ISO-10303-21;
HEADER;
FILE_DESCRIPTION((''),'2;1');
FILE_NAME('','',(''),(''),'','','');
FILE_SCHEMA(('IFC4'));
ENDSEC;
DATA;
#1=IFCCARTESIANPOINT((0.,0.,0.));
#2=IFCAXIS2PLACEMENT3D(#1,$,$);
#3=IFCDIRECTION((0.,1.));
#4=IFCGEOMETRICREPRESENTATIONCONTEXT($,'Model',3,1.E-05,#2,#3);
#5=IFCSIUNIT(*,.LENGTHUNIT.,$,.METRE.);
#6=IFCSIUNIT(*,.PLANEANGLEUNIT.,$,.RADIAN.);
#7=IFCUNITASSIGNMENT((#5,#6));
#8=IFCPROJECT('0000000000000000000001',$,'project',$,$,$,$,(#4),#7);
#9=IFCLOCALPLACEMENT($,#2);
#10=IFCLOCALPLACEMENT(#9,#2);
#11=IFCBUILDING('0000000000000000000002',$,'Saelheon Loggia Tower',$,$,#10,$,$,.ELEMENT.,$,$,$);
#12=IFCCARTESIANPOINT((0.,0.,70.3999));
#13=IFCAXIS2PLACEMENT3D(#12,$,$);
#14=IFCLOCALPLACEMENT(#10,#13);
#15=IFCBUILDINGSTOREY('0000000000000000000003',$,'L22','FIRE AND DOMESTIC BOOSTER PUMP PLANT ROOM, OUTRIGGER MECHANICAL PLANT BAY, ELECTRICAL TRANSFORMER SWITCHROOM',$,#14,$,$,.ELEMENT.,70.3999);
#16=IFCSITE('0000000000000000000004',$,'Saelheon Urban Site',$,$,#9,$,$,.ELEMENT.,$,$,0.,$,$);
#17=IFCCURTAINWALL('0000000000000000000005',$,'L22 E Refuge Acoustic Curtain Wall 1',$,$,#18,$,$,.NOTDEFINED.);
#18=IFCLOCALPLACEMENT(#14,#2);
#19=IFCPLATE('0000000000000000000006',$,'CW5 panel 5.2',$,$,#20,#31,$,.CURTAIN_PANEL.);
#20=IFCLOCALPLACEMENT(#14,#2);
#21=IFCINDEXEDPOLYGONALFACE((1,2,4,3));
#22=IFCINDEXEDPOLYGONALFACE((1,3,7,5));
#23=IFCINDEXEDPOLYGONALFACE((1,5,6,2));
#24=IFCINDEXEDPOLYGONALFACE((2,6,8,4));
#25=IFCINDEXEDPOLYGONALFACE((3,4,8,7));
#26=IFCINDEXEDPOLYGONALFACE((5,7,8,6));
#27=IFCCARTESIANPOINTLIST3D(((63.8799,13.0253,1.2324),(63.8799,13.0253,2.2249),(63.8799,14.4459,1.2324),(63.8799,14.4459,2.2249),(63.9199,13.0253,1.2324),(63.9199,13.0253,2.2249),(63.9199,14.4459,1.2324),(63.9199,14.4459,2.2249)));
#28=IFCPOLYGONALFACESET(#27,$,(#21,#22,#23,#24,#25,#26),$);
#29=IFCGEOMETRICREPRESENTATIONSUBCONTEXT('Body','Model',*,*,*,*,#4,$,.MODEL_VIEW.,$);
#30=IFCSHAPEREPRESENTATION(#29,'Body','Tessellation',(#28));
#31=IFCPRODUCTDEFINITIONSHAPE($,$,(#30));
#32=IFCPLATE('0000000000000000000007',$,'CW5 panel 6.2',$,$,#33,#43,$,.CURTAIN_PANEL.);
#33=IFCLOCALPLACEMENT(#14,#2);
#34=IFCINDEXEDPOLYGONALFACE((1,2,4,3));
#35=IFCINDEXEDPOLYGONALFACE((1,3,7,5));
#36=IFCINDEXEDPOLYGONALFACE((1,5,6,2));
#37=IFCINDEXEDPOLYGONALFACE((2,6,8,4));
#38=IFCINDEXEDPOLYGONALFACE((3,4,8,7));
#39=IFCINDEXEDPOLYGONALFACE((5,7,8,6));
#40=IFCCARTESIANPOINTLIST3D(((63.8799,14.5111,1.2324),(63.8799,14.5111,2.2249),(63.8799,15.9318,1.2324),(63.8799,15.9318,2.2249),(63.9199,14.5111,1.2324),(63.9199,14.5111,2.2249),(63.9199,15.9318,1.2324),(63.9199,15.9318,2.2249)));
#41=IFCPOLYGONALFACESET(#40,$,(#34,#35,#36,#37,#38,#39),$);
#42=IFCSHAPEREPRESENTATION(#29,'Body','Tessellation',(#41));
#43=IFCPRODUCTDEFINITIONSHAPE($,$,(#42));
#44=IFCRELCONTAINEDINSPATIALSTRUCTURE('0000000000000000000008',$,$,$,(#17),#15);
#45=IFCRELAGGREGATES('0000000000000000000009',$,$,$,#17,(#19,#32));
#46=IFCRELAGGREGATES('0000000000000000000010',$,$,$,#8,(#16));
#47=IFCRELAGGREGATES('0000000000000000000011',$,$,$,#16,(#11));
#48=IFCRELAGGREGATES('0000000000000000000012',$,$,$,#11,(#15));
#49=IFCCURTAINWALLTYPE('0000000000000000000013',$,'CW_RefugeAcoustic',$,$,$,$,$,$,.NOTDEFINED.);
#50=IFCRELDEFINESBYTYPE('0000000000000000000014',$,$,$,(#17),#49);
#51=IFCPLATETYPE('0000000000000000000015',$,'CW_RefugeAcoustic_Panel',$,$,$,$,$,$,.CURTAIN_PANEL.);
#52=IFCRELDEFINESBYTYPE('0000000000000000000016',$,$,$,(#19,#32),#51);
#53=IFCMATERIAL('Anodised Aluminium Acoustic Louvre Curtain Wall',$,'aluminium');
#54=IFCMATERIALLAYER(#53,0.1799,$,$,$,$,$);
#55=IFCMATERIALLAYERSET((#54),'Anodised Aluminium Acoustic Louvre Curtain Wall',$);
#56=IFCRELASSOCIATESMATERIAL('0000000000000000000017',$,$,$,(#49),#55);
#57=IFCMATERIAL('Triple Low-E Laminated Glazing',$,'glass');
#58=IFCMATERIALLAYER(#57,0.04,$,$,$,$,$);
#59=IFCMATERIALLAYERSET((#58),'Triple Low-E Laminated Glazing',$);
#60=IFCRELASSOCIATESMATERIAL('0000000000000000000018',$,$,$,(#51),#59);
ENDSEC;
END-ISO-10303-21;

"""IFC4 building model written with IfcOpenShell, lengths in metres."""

from ifc_helpers import new_model, si_unit, direction, frame, origin, origin_2d, place, context, subcontext, project, spatial, rectangle, extrude, source, transform, mapped, material, layer, layer_set, type_object, element, aggregate, save


model = new_model("IFC4")

# Units and contexts
model_context = context("Model", 3, precision=1e-05, world=origin(), true_north=direction((0.0, 1.0)))
body_context = subcontext(model_context, "Body", "Model", "MODEL_VIEW")
ifc_project = project(units=[si_unit("LENGTHUNIT", "METRE"), si_unit("PLANEANGLEUNIT", "RADIAN")], contexts=[model_context])

# Site, building, storey
site_placement = place(None, origin())
site = spatial("IfcSite", under=ifc_project, at=site_placement, Name="Saelheon Urban Site", CompositionType="ELEMENT", RefElevation=0.0)
building_placement = place(site_placement, origin())
building = spatial("IfcBuilding", under=site, at=building_placement, Name="Saelheon Loggia Tower", CompositionType="ELEMENT")
storey_placement = place(building_placement, frame((0.0, 0.0, 70.3999)))
storey = spatial("IfcBuildingStorey", under=building, at=storey_placement, Name="L22", Description="FIRE AND DOMESTIC BOOSTER PUMP PLANT ROOM, OUTRIGGER MECHANICAL PLANT BAY, ELECTRICAL TRANSFORMER SWITCHROOM", CompositionType="ELEMENT", Elevation=70.3999)

# Curtain wall
ifc_material_1 = material(Name="Anodised Aluminium Acoustic Louvre Curtain Wall", Category="aluminium")
ifc_layer_1 = layer(ifc_material_1, 0.1799)
ifc_layer_set_1 = layer_set([ifc_layer_1], Name="Anodised Aluminium Acoustic Louvre Curtain Wall")
curtain_wall_type = type_object("IfcCurtainWallType", Name="CW_RefugeAcoustic", PredefinedType="NOTDEFINED", material=ifc_layer_set_1)
curtain_wall_placement = place(storey_placement, origin())
curtain_wall = element("IfcCurtainWall", 1, at=curtain_wall_placement, inside=storey, type_object=curtain_wall_type, Name="L22 E Refuge Acoustic Curtain Wall 1", PredefinedType="NOTDEFINED")

# Plates
ifc_material_2 = material(Name="Triple Low-E Laminated Glazing", Category="glass")
ifc_layer_2 = layer(ifc_material_2, 0.04)
ifc_layer_set_2 = layer_set([ifc_layer_2], Name="Triple Low-E Laminated Glazing")
plate_type_1 = type_object("IfcPlateType", Name="CW_RefugeAcoustic_Panel", PredefinedType="CURTAIN_PANEL", material=ifc_layer_set_2)
shared_shape_1 = source(origin(), body_context, "Body", "SweptSolid", [
    extrude(rectangle(XDim=1.4207, YDim=0.04, at=origin_2d()), origin(), (0.0, 0.0, 1.0), 0.9924),
])
plate_1_placement = place(storey_placement, frame((63.8999, 13.7356, 1.2324), z_axis=(0.0, 0.0, 1.0), x_axis=(0.0, 1.0, 0.0)))
plate_1 = element("IfcPlate", 2, at=plate_1_placement, type_object=plate_type_1, Name="CW5 panel 5.2", PredefinedType="CURTAIN_PANEL", context=body_context, shape_type="MappedRepresentation", body=[
    mapped(shared_shape_1, transform((0.0, 0.0, 0.0), scale=1.0)),
])
plate_2_placement = place(storey_placement, frame((63.8999, 15.2214, 1.2324), z_axis=(0.0, 0.0, 1.0), x_axis=(0.0, 1.0, 0.0)))
plate_2 = element("IfcPlate", 3, at=plate_2_placement, type_object=plate_type_1, Name="CW5 panel 6.2", PredefinedType="CURTAIN_PANEL", context=body_context, shape_type="MappedRepresentation", body=[
    mapped(shared_shape_1, transform((0.0, 0.0, 0.0), scale=1.0)),
])
aggregate(curtain_wall, [plate_1, plate_2])

save(model, "model.ifc")
